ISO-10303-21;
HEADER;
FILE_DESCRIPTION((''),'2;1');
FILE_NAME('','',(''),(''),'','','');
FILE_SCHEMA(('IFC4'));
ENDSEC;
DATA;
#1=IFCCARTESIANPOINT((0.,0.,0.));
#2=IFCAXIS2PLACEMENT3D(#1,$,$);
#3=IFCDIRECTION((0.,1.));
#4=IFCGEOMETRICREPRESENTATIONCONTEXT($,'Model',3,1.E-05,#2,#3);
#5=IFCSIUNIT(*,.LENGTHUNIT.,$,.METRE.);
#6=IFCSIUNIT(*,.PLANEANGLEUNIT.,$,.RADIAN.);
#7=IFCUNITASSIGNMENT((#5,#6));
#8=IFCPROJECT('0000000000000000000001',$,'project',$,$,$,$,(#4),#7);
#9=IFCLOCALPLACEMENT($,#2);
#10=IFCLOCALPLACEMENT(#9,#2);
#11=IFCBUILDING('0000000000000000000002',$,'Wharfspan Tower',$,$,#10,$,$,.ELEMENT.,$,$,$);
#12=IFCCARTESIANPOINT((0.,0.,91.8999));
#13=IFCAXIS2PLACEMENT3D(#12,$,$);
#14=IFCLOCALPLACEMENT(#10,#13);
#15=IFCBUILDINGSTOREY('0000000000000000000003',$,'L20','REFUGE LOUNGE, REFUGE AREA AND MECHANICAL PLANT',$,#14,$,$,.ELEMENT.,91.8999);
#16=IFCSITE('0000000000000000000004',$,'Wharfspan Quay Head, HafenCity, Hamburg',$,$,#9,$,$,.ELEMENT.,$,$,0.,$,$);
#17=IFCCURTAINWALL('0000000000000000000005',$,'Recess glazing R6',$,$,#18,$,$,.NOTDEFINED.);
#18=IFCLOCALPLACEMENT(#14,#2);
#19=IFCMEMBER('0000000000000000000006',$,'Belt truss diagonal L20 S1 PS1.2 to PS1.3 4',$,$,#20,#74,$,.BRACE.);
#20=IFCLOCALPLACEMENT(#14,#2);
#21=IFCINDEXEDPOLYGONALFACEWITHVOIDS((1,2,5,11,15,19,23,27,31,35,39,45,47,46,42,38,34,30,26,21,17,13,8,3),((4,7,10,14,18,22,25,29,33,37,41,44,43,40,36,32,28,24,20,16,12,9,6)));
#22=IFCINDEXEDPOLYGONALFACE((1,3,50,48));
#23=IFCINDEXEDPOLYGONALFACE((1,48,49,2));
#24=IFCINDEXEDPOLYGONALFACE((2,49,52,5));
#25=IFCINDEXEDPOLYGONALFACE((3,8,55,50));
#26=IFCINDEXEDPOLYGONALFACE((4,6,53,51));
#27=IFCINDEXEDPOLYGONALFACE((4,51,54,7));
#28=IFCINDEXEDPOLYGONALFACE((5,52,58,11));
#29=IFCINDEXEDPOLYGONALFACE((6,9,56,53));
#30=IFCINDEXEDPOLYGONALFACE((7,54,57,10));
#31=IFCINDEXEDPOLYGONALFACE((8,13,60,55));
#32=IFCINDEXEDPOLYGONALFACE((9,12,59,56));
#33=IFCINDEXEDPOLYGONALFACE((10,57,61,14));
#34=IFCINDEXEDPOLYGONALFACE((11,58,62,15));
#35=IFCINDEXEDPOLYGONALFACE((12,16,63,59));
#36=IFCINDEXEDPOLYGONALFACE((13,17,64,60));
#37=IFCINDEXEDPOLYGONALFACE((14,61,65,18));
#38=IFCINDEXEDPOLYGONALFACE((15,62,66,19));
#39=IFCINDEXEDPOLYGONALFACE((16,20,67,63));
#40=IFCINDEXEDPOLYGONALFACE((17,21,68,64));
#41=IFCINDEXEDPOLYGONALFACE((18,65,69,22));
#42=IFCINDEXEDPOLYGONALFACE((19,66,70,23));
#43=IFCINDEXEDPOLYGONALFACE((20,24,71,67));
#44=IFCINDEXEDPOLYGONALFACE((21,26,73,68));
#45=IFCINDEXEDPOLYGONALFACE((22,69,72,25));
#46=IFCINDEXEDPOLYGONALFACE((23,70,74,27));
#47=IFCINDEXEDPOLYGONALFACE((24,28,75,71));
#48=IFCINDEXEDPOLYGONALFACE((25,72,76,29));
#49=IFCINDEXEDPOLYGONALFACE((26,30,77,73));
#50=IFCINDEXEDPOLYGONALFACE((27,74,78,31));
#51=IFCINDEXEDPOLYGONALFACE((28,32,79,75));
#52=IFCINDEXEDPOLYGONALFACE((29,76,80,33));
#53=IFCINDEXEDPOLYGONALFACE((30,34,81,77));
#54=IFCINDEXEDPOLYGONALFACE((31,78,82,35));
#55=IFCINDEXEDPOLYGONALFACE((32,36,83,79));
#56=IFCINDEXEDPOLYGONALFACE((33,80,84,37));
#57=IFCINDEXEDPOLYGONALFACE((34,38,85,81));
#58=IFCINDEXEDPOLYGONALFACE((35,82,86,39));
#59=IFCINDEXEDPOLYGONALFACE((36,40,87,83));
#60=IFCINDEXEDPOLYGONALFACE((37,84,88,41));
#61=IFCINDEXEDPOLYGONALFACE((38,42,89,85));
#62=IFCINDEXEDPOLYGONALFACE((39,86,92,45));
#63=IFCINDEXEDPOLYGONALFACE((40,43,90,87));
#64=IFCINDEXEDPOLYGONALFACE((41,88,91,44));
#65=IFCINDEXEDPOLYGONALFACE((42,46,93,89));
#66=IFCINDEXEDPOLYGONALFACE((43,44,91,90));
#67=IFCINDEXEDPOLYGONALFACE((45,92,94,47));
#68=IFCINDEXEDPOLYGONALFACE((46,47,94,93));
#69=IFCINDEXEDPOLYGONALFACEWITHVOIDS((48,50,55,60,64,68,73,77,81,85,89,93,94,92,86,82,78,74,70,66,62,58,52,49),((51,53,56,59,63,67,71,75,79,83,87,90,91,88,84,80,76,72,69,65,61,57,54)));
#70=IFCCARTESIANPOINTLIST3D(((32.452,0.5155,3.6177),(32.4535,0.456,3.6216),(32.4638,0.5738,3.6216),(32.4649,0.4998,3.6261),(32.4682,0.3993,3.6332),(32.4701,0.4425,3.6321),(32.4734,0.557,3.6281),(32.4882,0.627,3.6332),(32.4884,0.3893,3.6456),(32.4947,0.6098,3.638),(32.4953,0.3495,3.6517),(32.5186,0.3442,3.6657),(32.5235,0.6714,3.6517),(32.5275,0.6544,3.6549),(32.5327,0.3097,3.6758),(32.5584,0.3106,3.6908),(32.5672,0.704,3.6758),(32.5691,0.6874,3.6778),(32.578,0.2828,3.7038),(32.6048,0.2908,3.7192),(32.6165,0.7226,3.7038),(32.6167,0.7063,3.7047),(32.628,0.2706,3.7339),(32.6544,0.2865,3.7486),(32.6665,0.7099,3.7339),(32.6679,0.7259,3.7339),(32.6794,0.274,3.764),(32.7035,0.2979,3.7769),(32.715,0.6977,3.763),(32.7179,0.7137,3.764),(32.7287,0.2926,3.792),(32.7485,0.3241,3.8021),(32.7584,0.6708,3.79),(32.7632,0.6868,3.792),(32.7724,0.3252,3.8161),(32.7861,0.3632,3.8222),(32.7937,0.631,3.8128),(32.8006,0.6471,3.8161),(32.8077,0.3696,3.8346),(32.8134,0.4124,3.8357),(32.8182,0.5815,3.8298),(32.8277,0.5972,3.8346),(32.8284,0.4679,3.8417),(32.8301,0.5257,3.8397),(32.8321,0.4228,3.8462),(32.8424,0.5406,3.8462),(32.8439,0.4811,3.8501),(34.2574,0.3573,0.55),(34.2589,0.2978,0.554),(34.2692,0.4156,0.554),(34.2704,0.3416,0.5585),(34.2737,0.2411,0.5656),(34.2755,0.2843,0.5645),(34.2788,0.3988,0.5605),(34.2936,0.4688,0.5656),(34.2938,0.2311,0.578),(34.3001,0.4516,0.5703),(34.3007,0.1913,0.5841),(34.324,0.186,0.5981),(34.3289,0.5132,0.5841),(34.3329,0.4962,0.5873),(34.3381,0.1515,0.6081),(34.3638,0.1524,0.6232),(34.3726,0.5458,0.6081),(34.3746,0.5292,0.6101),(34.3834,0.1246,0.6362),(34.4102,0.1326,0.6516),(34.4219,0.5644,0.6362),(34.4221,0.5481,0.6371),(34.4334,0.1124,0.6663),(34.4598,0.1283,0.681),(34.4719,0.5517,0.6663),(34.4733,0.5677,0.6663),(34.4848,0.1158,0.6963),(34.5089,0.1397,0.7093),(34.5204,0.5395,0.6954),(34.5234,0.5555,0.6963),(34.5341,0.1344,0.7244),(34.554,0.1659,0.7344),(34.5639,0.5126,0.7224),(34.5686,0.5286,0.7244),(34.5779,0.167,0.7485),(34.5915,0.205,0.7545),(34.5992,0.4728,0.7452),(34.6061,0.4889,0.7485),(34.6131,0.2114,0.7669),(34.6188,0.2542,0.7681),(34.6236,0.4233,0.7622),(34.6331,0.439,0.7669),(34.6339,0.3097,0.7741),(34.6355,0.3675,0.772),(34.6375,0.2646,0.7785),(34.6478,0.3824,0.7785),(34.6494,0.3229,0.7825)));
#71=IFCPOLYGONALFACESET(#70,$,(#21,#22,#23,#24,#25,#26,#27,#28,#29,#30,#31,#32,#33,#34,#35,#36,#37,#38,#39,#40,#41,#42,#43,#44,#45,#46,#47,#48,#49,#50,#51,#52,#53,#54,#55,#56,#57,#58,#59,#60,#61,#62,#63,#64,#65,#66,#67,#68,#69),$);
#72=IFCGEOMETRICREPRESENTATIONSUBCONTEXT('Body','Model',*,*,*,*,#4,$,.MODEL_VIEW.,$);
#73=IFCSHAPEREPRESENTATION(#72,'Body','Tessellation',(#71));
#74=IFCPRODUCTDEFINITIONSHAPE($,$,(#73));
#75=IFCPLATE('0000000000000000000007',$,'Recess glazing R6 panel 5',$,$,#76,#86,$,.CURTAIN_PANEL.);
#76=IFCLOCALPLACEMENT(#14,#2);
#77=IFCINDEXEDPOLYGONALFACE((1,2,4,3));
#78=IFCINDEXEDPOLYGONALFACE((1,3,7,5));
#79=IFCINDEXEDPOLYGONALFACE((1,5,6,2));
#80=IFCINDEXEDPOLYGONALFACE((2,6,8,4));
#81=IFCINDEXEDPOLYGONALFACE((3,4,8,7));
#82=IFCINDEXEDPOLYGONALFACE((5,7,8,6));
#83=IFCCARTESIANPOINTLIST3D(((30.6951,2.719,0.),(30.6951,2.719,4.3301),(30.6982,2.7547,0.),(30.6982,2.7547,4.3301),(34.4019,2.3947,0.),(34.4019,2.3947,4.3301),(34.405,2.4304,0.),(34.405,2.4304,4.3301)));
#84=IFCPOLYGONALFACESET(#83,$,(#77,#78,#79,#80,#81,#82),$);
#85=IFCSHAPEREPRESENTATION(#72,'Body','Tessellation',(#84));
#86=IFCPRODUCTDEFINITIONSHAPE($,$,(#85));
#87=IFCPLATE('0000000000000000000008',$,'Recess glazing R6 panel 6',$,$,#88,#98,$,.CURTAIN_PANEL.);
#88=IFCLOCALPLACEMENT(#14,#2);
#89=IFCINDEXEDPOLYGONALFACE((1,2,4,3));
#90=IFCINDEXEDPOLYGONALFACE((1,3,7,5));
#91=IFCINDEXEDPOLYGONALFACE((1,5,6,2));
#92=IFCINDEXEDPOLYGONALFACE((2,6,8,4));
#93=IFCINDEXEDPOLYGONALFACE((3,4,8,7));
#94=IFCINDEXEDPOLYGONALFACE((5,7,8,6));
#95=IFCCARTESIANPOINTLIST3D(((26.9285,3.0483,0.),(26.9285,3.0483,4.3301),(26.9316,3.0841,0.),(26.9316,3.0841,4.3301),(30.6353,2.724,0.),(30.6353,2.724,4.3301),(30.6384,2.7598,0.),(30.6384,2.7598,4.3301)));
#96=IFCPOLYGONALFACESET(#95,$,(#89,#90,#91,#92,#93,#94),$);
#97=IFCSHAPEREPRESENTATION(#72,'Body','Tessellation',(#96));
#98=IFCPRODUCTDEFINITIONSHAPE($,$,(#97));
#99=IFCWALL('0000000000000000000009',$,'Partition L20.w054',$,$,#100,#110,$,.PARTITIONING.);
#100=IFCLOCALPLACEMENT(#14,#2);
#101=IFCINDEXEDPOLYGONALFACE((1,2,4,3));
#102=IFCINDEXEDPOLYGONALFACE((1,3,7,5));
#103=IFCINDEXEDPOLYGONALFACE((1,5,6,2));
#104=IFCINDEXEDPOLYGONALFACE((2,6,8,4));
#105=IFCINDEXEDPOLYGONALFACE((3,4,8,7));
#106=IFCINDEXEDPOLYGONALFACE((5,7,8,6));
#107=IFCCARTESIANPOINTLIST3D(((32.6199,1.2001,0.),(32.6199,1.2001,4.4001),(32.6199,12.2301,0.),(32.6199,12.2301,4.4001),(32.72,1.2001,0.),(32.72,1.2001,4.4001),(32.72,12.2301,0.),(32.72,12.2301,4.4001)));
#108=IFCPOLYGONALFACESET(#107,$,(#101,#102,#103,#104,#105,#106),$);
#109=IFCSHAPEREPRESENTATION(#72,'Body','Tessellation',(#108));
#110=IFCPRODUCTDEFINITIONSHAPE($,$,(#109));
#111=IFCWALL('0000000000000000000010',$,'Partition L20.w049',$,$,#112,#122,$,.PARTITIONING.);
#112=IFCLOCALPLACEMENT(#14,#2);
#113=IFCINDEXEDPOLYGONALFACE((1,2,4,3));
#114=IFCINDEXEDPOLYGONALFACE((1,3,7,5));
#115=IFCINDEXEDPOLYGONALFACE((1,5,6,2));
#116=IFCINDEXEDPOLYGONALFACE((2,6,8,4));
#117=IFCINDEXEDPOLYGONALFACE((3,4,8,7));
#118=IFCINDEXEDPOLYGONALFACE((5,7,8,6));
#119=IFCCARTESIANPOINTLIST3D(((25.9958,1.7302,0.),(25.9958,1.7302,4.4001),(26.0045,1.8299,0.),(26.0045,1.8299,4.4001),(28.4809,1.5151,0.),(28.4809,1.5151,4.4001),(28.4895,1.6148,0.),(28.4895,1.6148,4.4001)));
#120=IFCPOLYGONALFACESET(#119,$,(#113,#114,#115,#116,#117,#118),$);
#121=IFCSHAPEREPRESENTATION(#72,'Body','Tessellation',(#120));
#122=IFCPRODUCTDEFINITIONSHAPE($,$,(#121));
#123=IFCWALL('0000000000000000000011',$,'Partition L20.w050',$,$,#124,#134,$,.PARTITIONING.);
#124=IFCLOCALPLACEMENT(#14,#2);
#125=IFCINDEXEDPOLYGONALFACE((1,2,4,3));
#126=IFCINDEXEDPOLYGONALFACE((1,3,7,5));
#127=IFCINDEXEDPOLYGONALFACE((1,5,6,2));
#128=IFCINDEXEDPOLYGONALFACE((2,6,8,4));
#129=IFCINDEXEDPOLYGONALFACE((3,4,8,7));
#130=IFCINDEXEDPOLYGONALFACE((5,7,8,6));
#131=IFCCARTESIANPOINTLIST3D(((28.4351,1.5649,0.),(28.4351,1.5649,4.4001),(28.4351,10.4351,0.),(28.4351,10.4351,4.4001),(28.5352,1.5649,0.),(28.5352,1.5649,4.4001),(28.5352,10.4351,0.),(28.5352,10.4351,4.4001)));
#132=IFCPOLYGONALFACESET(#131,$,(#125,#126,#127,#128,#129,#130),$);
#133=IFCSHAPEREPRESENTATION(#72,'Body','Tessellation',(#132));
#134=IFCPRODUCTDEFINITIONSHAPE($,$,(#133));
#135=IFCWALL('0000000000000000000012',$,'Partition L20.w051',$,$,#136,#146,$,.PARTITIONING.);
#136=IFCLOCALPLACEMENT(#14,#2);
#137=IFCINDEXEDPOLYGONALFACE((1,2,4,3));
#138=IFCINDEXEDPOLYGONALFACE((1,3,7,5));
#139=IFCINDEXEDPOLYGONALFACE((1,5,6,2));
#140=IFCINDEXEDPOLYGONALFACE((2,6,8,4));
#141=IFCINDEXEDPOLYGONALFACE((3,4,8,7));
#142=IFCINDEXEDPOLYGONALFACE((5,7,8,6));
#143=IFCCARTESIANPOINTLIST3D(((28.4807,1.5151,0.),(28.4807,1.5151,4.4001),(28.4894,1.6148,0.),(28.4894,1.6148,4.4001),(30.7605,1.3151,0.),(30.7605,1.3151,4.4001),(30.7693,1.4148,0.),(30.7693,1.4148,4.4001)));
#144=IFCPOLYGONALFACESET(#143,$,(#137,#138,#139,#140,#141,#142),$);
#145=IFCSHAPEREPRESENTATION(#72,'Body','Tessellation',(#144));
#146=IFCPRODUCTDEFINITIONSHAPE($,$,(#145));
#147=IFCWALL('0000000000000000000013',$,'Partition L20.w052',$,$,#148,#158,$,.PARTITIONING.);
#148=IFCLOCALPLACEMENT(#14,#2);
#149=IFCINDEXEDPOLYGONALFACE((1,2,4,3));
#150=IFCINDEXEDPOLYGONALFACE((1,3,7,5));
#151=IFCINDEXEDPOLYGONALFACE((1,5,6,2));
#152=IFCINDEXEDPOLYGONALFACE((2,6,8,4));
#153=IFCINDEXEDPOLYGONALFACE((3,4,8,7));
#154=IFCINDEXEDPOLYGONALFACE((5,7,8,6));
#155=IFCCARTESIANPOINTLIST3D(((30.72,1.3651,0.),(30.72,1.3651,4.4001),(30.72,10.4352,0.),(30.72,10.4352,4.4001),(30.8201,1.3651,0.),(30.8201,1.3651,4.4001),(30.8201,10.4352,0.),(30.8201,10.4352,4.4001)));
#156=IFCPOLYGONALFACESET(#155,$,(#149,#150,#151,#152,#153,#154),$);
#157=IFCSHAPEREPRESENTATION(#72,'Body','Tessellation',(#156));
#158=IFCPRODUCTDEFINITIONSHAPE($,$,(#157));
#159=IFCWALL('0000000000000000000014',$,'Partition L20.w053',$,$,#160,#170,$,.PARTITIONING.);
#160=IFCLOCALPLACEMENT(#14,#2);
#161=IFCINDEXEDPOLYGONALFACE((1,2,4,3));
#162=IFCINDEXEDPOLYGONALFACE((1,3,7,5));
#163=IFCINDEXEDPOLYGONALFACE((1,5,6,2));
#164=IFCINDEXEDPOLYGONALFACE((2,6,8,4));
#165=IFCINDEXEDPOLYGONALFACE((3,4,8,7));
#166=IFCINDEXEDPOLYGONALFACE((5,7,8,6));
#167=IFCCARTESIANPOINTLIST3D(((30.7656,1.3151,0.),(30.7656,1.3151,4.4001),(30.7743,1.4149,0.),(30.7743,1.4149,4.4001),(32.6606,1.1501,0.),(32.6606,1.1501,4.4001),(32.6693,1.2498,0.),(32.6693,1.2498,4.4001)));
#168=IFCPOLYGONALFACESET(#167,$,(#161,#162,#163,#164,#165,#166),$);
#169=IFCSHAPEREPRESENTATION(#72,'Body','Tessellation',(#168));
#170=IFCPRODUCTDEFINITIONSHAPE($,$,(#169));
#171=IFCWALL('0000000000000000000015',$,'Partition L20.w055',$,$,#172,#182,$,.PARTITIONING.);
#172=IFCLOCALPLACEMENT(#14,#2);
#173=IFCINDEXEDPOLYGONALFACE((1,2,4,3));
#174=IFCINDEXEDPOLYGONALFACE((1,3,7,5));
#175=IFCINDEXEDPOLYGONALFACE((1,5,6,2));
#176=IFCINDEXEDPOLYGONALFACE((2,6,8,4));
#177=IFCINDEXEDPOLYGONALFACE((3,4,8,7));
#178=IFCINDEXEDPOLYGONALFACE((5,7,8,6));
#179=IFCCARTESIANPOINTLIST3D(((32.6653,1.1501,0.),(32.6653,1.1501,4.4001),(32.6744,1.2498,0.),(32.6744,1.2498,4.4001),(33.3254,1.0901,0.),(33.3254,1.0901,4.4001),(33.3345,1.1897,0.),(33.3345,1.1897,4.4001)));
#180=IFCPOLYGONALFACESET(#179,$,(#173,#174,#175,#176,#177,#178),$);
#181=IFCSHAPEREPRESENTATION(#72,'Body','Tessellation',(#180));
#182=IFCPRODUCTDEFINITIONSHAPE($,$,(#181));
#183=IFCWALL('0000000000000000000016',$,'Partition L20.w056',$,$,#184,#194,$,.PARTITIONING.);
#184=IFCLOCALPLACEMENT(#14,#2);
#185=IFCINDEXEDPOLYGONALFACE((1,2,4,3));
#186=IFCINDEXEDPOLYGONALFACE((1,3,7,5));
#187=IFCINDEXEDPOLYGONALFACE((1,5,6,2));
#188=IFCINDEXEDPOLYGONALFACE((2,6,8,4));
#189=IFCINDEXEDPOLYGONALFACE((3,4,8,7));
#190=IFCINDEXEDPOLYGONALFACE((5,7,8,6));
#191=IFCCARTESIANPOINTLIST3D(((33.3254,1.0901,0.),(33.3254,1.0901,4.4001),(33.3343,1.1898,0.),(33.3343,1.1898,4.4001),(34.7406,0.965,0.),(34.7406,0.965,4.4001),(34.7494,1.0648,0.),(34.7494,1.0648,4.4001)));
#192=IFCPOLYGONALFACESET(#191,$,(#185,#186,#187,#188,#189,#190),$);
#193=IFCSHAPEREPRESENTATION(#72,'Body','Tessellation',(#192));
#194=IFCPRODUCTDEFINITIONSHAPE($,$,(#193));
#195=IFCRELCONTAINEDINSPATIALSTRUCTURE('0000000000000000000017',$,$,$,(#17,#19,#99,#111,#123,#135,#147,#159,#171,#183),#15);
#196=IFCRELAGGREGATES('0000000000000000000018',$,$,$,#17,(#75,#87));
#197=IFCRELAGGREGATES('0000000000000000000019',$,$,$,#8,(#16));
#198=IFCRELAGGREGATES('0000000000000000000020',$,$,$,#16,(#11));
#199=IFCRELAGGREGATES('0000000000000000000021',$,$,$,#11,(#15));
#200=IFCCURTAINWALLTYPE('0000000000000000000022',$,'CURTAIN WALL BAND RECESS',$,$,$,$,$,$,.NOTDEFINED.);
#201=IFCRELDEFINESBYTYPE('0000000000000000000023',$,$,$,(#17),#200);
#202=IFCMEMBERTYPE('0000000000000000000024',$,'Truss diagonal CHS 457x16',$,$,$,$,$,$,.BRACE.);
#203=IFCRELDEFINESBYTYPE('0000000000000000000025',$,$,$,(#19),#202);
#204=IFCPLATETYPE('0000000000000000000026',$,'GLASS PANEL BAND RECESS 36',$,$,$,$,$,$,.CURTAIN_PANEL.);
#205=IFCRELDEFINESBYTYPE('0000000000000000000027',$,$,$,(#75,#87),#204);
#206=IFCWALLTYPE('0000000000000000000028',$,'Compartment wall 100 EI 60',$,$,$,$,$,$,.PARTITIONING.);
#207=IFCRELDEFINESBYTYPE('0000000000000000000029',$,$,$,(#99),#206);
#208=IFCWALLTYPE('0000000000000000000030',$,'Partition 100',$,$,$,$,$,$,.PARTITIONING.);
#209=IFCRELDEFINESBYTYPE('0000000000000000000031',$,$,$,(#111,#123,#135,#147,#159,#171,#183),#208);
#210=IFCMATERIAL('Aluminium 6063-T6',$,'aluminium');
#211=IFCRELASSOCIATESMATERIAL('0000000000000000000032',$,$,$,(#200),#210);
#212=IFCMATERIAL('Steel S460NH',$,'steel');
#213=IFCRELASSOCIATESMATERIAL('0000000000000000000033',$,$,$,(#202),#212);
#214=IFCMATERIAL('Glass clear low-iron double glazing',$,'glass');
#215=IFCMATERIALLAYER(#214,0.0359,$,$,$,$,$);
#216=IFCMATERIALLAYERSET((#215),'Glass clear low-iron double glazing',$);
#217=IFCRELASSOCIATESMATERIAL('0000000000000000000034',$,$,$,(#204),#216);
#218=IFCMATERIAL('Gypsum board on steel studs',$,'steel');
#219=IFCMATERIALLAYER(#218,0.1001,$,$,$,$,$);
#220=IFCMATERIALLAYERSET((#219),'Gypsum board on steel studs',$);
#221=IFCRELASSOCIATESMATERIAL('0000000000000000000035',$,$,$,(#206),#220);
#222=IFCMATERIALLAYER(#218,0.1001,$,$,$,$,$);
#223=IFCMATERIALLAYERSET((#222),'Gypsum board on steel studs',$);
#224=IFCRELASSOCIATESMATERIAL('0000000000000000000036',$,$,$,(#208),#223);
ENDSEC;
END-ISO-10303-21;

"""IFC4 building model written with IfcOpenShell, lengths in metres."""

from ifc_helpers import new_model, si_unit, direction, frame, frame_2d, origin, origin_2d, place, context, subcontext, project, spatial, rectangle, hollow_circle, extrude, material, layer, layer_set, material_profile, profile_set, type_object, element, aggregate, save


model = new_model("IFC4")

# Units and contexts
model_context = context("Model", 3, precision=1e-05, world=origin(), true_north=direction((0.0, 1.0)))
body_context = subcontext(model_context, "Body", "Model", "MODEL_VIEW")
ifc_project = project(units=[si_unit("LENGTHUNIT", "METRE"), si_unit("PLANEANGLEUNIT", "RADIAN")], contexts=[model_context])

# Site, building, storey
site_placement = place(None, origin())
site = spatial("IfcSite", under=ifc_project, at=site_placement, Name="Wharfspan Quay Head, HafenCity, Hamburg", CompositionType="ELEMENT", RefElevation=0.0)
building_placement = place(site_placement, origin())
building = spatial("IfcBuilding", under=site, at=building_placement, Name="Wharfspan Tower", CompositionType="ELEMENT")
storey_placement = place(building_placement, frame((0.0, 0.0, 91.8999)))
storey = spatial("IfcBuildingStorey", under=building, at=storey_placement, Name="L20", Description="REFUGE LOUNGE, REFUGE AREA AND MECHANICAL PLANT", CompositionType="ELEMENT", Elevation=91.8999)

# Curtain wall
ifc_material_1 = material(Name="Aluminium 6063-T6", Category="aluminium")
curtain_wall_type = type_object("IfcCurtainWallType", Name="CURTAIN WALL BAND RECESS", PredefinedType="NOTDEFINED", material=ifc_material_1)
curtain_wall_placement = place(storey_placement, origin())
curtain_wall = element("IfcCurtainWall", 1, at=curtain_wall_placement, inside=storey, type_object=curtain_wall_type, Name="Recess glazing R6", PredefinedType="NOTDEFINED")

# Member
ifc_material_2 = material(Name="Steel S460NH", Category="steel")
ifc_material_profile_1 = material_profile(ifc_material_2, hollow_circle(Radius=0.2285, WallThickness=0.0161, at=origin_2d()))
ifc_profile_set_1 = profile_set([ifc_material_profile_1], Name="Steel S460NH")
member_type_1 = type_object("IfcMemberType", Name="Truss diagonal CHS 457x16", PredefinedType="BRACE", material=ifc_profile_set_1)
for number, where, z_axis, x_axis, name in (
    (2, (32.6479, 0.4983, 3.7339), (0.506715, -0.044402, -0.86097), (0.087291, 0.996183, -0.000001), "Belt truss diagonal L20 S1 PS1.2 to PS1.3 4"),
):
    element("IfcMember", number, at=place(storey_placement, frame(where, z_axis=z_axis, x_axis=x_axis)), inside=storey, type_object=member_type_1, Name=name, PredefinedType="BRACE", context=body_context, shape_type="SweptSolid", body=[
        extrude(hollow_circle(Radius=0.2285, WallThickness=0.0161, at=origin_2d()), origin(), (0.0, 0.0, 1.0), 3.563),
    ])

# Plates
ifc_material_3 = material(Name="Glass clear low-iron double glazing", Category="glass")
ifc_layer_1 = layer(ifc_material_3, 0.0359)
ifc_layer_set_1 = layer_set([ifc_layer_1], Name="Glass clear low-iron double glazing")
plate_type = type_object("IfcPlateType", Name="GLASS PANEL BAND RECESS 36", PredefinedType="CURTAIN_PANEL", material=ifc_layer_set_1)
plate_1_placement = place(storey_placement, frame((32.55, 2.5747, 0.0), z_axis=(0.0, 0.0, 1.0), x_axis=(-0.996198, 0.087156, 0.0)))
plate_1 = element("IfcPlate", 3, at=plate_1_placement, type_object=plate_type, Name="Recess glazing R6 panel 5", PredefinedType="CURTAIN_PANEL", context=body_context, shape_type="SweptSolid", body=[
    extrude(rectangle(XDim=3.7209, YDim=0.0359, at=origin_2d()), origin(), (0.0, 0.0, 1.0), 4.3301),
])
plate_2_placement = place(storey_placement, frame((28.7834, 2.9041, 0.0), z_axis=(0.0, 0.0, 1.0), x_axis=(-0.996198, 0.087156, 0.0)))
plate_2 = element("IfcPlate", 4, at=plate_2_placement, type_object=plate_type, Name="Recess glazing R6 panel 6", PredefinedType="CURTAIN_PANEL", context=body_context, shape_type="SweptSolid", body=[
    extrude(rectangle(XDim=3.7209, YDim=0.0359, at=origin_2d()), origin(), (0.0, 0.0, 1.0), 4.3301),
])
aggregate(curtain_wall, [plate_1, plate_2])

# Walls
ifc_material_4 = material(Name="Gypsum board on steel studs", Category="steel")
ifc_layer_2 = layer(ifc_material_4, 0.1001)
ifc_layer_set_2 = layer_set([ifc_layer_2], Name="Gypsum board on steel studs")
wall_type_1 = type_object("IfcWallType", Name="Compartment wall 100 EI 60", PredefinedType="PARTITIONING", material=ifc_layer_set_2)
wall_1_placement = place(storey_placement, frame((32.6699, 1.2, 0.0), z_axis=(0.0, 0.0, 1.0), x_axis=(0.0, 1.0, 0.0)))
element("IfcWall", 5, at=wall_1_placement, inside=storey, type_object=wall_type_1, Name="Partition L20.w054", PredefinedType="PARTITIONING", context=body_context, shape_type="SweptSolid", body=[
    extrude(rectangle(XDim=11.03, YDim=0.1001, at=frame_2d((5.5151, 0.0))), origin(), (0.0, 0.0, 1.0), 4.4001),
])
ifc_layer_3 = layer(ifc_material_4, 0.1001)
ifc_layer_set_3 = layer_set([ifc_layer_3], Name="Gypsum board on steel studs")
wall_type_2 = type_object("IfcWallType", Name="Partition 100", PredefinedType="PARTITIONING", material=ifc_layer_set_3)
wall_2_placement = place(storey_placement, frame((28.4851, 1.5649, 0.0), z_axis=(0.0, 0.0, 1.0), x_axis=(-0.996271, 0.086228, 0.0)))
element("IfcWall", 6, at=wall_2_placement, inside=storey, type_object=wall_type_2, Name="Partition L20.w049", PredefinedType="PARTITIONING", context=body_context, shape_type="SweptSolid", body=[
    extrude(rectangle(XDim=2.4944, YDim=0.1001, at=frame_2d((1.2471, 0.0))), origin(), (0.0, 0.0, 1.0), 4.4001),
])
wall_3_placement = place(storey_placement, frame((28.4851, 1.5649, 0.0), z_axis=(0.0, 0.0, 1.0), x_axis=(0.0, 1.0, 0.0)))
element("IfcWall", 7, at=wall_3_placement, inside=storey, type_object=wall_type_2, Name="Partition L20.w050", PredefinedType="PARTITIONING", context=body_context, shape_type="SweptSolid", body=[
    extrude(rectangle(XDim=8.8701, YDim=0.1001, at=frame_2d((4.4351, 0.0))), origin(), (0.0, 0.0, 1.0), 4.4001),
])
wall_4_placement = place(storey_placement, frame((30.7649, 1.365, 0.0), z_axis=(0.0, 0.0, 1.0), x_axis=(-0.996179, 0.087371, 0.0)))
element("IfcWall", 8, at=wall_4_placement, inside=storey, type_object=wall_type_2, Name="Partition L20.w051", PredefinedType="PARTITIONING", context=body_context, shape_type="SweptSolid", body=[
    extrude(rectangle(XDim=2.2886, YDim=0.1001, at=frame_2d((1.1443, 0.0))), origin(), (0.0, 0.0, 1.0), 4.4001),
])
wall_5_placement = place(storey_placement, frame((30.77, 1.365, 0.0), z_axis=(0.0, 0.0, 1.0), x_axis=(0.0, 1.0, 0.0)))
element("IfcWall", 9, at=wall_5_placement, inside=storey, type_object=wall_type_2, Name="Partition L20.w052", PredefinedType="PARTITIONING", context=body_context, shape_type="SweptSolid", body=[
    extrude(rectangle(XDim=9.0701, YDim=0.1001, at=frame_2d((4.5352, 0.0))), origin(), (0.0, 0.0, 1.0), 4.4001),
])
wall_6_placement = place(storey_placement, frame((32.665, 1.2, 0.0), z_axis=(0.0, 0.0, 1.0), x_axis=(-0.996233, 0.086763, 0.0)))
element("IfcWall", 10, at=wall_6_placement, inside=storey, type_object=wall_type_2, Name="Partition L20.w053", PredefinedType="PARTITIONING", context=body_context, shape_type="SweptSolid", body=[
    extrude(rectangle(XDim=1.9021, YDim=0.1001, at=frame_2d((0.9512, 0.0))), origin(), (0.0, 0.0, 1.0), 4.4001),
])
wall_7_placement = place(storey_placement, frame((33.3301, 1.1399, 0.0), z_axis=(0.0, 0.0, 1.0), x_axis=(-0.995885, 0.090602, 0.0)))
element("IfcWall", 11, at=wall_7_placement, inside=storey, type_object=wall_type_2, Name="Partition L20.w055", PredefinedType="PARTITIONING", context=body_context, shape_type="SweptSolid", body=[
    extrude(rectangle(XDim=0.6628, YDim=0.1001, at=frame_2d((0.3315, 0.0))), origin(), (0.0, 0.0, 1.0), 4.4001),
])
wall_8_placement = place(storey_placement, frame((34.7451, 1.0149, 0.0), z_axis=(0.0, 0.0, 1.0), x_axis=(-0.99612, 0.087994, 0.0)))
element("IfcWall", 12, at=wall_8_placement, inside=storey, type_object=wall_type_2, Name="Partition L20.w056", PredefinedType="PARTITIONING", context=body_context, shape_type="SweptSolid", body=[
    extrude(rectangle(XDim=1.4207, YDim=0.1001, at=frame_2d((0.7104, 0.0))), origin(), (0.0, 0.0, 1.0), 4.4001),
])

save(model, "model.ifc")
